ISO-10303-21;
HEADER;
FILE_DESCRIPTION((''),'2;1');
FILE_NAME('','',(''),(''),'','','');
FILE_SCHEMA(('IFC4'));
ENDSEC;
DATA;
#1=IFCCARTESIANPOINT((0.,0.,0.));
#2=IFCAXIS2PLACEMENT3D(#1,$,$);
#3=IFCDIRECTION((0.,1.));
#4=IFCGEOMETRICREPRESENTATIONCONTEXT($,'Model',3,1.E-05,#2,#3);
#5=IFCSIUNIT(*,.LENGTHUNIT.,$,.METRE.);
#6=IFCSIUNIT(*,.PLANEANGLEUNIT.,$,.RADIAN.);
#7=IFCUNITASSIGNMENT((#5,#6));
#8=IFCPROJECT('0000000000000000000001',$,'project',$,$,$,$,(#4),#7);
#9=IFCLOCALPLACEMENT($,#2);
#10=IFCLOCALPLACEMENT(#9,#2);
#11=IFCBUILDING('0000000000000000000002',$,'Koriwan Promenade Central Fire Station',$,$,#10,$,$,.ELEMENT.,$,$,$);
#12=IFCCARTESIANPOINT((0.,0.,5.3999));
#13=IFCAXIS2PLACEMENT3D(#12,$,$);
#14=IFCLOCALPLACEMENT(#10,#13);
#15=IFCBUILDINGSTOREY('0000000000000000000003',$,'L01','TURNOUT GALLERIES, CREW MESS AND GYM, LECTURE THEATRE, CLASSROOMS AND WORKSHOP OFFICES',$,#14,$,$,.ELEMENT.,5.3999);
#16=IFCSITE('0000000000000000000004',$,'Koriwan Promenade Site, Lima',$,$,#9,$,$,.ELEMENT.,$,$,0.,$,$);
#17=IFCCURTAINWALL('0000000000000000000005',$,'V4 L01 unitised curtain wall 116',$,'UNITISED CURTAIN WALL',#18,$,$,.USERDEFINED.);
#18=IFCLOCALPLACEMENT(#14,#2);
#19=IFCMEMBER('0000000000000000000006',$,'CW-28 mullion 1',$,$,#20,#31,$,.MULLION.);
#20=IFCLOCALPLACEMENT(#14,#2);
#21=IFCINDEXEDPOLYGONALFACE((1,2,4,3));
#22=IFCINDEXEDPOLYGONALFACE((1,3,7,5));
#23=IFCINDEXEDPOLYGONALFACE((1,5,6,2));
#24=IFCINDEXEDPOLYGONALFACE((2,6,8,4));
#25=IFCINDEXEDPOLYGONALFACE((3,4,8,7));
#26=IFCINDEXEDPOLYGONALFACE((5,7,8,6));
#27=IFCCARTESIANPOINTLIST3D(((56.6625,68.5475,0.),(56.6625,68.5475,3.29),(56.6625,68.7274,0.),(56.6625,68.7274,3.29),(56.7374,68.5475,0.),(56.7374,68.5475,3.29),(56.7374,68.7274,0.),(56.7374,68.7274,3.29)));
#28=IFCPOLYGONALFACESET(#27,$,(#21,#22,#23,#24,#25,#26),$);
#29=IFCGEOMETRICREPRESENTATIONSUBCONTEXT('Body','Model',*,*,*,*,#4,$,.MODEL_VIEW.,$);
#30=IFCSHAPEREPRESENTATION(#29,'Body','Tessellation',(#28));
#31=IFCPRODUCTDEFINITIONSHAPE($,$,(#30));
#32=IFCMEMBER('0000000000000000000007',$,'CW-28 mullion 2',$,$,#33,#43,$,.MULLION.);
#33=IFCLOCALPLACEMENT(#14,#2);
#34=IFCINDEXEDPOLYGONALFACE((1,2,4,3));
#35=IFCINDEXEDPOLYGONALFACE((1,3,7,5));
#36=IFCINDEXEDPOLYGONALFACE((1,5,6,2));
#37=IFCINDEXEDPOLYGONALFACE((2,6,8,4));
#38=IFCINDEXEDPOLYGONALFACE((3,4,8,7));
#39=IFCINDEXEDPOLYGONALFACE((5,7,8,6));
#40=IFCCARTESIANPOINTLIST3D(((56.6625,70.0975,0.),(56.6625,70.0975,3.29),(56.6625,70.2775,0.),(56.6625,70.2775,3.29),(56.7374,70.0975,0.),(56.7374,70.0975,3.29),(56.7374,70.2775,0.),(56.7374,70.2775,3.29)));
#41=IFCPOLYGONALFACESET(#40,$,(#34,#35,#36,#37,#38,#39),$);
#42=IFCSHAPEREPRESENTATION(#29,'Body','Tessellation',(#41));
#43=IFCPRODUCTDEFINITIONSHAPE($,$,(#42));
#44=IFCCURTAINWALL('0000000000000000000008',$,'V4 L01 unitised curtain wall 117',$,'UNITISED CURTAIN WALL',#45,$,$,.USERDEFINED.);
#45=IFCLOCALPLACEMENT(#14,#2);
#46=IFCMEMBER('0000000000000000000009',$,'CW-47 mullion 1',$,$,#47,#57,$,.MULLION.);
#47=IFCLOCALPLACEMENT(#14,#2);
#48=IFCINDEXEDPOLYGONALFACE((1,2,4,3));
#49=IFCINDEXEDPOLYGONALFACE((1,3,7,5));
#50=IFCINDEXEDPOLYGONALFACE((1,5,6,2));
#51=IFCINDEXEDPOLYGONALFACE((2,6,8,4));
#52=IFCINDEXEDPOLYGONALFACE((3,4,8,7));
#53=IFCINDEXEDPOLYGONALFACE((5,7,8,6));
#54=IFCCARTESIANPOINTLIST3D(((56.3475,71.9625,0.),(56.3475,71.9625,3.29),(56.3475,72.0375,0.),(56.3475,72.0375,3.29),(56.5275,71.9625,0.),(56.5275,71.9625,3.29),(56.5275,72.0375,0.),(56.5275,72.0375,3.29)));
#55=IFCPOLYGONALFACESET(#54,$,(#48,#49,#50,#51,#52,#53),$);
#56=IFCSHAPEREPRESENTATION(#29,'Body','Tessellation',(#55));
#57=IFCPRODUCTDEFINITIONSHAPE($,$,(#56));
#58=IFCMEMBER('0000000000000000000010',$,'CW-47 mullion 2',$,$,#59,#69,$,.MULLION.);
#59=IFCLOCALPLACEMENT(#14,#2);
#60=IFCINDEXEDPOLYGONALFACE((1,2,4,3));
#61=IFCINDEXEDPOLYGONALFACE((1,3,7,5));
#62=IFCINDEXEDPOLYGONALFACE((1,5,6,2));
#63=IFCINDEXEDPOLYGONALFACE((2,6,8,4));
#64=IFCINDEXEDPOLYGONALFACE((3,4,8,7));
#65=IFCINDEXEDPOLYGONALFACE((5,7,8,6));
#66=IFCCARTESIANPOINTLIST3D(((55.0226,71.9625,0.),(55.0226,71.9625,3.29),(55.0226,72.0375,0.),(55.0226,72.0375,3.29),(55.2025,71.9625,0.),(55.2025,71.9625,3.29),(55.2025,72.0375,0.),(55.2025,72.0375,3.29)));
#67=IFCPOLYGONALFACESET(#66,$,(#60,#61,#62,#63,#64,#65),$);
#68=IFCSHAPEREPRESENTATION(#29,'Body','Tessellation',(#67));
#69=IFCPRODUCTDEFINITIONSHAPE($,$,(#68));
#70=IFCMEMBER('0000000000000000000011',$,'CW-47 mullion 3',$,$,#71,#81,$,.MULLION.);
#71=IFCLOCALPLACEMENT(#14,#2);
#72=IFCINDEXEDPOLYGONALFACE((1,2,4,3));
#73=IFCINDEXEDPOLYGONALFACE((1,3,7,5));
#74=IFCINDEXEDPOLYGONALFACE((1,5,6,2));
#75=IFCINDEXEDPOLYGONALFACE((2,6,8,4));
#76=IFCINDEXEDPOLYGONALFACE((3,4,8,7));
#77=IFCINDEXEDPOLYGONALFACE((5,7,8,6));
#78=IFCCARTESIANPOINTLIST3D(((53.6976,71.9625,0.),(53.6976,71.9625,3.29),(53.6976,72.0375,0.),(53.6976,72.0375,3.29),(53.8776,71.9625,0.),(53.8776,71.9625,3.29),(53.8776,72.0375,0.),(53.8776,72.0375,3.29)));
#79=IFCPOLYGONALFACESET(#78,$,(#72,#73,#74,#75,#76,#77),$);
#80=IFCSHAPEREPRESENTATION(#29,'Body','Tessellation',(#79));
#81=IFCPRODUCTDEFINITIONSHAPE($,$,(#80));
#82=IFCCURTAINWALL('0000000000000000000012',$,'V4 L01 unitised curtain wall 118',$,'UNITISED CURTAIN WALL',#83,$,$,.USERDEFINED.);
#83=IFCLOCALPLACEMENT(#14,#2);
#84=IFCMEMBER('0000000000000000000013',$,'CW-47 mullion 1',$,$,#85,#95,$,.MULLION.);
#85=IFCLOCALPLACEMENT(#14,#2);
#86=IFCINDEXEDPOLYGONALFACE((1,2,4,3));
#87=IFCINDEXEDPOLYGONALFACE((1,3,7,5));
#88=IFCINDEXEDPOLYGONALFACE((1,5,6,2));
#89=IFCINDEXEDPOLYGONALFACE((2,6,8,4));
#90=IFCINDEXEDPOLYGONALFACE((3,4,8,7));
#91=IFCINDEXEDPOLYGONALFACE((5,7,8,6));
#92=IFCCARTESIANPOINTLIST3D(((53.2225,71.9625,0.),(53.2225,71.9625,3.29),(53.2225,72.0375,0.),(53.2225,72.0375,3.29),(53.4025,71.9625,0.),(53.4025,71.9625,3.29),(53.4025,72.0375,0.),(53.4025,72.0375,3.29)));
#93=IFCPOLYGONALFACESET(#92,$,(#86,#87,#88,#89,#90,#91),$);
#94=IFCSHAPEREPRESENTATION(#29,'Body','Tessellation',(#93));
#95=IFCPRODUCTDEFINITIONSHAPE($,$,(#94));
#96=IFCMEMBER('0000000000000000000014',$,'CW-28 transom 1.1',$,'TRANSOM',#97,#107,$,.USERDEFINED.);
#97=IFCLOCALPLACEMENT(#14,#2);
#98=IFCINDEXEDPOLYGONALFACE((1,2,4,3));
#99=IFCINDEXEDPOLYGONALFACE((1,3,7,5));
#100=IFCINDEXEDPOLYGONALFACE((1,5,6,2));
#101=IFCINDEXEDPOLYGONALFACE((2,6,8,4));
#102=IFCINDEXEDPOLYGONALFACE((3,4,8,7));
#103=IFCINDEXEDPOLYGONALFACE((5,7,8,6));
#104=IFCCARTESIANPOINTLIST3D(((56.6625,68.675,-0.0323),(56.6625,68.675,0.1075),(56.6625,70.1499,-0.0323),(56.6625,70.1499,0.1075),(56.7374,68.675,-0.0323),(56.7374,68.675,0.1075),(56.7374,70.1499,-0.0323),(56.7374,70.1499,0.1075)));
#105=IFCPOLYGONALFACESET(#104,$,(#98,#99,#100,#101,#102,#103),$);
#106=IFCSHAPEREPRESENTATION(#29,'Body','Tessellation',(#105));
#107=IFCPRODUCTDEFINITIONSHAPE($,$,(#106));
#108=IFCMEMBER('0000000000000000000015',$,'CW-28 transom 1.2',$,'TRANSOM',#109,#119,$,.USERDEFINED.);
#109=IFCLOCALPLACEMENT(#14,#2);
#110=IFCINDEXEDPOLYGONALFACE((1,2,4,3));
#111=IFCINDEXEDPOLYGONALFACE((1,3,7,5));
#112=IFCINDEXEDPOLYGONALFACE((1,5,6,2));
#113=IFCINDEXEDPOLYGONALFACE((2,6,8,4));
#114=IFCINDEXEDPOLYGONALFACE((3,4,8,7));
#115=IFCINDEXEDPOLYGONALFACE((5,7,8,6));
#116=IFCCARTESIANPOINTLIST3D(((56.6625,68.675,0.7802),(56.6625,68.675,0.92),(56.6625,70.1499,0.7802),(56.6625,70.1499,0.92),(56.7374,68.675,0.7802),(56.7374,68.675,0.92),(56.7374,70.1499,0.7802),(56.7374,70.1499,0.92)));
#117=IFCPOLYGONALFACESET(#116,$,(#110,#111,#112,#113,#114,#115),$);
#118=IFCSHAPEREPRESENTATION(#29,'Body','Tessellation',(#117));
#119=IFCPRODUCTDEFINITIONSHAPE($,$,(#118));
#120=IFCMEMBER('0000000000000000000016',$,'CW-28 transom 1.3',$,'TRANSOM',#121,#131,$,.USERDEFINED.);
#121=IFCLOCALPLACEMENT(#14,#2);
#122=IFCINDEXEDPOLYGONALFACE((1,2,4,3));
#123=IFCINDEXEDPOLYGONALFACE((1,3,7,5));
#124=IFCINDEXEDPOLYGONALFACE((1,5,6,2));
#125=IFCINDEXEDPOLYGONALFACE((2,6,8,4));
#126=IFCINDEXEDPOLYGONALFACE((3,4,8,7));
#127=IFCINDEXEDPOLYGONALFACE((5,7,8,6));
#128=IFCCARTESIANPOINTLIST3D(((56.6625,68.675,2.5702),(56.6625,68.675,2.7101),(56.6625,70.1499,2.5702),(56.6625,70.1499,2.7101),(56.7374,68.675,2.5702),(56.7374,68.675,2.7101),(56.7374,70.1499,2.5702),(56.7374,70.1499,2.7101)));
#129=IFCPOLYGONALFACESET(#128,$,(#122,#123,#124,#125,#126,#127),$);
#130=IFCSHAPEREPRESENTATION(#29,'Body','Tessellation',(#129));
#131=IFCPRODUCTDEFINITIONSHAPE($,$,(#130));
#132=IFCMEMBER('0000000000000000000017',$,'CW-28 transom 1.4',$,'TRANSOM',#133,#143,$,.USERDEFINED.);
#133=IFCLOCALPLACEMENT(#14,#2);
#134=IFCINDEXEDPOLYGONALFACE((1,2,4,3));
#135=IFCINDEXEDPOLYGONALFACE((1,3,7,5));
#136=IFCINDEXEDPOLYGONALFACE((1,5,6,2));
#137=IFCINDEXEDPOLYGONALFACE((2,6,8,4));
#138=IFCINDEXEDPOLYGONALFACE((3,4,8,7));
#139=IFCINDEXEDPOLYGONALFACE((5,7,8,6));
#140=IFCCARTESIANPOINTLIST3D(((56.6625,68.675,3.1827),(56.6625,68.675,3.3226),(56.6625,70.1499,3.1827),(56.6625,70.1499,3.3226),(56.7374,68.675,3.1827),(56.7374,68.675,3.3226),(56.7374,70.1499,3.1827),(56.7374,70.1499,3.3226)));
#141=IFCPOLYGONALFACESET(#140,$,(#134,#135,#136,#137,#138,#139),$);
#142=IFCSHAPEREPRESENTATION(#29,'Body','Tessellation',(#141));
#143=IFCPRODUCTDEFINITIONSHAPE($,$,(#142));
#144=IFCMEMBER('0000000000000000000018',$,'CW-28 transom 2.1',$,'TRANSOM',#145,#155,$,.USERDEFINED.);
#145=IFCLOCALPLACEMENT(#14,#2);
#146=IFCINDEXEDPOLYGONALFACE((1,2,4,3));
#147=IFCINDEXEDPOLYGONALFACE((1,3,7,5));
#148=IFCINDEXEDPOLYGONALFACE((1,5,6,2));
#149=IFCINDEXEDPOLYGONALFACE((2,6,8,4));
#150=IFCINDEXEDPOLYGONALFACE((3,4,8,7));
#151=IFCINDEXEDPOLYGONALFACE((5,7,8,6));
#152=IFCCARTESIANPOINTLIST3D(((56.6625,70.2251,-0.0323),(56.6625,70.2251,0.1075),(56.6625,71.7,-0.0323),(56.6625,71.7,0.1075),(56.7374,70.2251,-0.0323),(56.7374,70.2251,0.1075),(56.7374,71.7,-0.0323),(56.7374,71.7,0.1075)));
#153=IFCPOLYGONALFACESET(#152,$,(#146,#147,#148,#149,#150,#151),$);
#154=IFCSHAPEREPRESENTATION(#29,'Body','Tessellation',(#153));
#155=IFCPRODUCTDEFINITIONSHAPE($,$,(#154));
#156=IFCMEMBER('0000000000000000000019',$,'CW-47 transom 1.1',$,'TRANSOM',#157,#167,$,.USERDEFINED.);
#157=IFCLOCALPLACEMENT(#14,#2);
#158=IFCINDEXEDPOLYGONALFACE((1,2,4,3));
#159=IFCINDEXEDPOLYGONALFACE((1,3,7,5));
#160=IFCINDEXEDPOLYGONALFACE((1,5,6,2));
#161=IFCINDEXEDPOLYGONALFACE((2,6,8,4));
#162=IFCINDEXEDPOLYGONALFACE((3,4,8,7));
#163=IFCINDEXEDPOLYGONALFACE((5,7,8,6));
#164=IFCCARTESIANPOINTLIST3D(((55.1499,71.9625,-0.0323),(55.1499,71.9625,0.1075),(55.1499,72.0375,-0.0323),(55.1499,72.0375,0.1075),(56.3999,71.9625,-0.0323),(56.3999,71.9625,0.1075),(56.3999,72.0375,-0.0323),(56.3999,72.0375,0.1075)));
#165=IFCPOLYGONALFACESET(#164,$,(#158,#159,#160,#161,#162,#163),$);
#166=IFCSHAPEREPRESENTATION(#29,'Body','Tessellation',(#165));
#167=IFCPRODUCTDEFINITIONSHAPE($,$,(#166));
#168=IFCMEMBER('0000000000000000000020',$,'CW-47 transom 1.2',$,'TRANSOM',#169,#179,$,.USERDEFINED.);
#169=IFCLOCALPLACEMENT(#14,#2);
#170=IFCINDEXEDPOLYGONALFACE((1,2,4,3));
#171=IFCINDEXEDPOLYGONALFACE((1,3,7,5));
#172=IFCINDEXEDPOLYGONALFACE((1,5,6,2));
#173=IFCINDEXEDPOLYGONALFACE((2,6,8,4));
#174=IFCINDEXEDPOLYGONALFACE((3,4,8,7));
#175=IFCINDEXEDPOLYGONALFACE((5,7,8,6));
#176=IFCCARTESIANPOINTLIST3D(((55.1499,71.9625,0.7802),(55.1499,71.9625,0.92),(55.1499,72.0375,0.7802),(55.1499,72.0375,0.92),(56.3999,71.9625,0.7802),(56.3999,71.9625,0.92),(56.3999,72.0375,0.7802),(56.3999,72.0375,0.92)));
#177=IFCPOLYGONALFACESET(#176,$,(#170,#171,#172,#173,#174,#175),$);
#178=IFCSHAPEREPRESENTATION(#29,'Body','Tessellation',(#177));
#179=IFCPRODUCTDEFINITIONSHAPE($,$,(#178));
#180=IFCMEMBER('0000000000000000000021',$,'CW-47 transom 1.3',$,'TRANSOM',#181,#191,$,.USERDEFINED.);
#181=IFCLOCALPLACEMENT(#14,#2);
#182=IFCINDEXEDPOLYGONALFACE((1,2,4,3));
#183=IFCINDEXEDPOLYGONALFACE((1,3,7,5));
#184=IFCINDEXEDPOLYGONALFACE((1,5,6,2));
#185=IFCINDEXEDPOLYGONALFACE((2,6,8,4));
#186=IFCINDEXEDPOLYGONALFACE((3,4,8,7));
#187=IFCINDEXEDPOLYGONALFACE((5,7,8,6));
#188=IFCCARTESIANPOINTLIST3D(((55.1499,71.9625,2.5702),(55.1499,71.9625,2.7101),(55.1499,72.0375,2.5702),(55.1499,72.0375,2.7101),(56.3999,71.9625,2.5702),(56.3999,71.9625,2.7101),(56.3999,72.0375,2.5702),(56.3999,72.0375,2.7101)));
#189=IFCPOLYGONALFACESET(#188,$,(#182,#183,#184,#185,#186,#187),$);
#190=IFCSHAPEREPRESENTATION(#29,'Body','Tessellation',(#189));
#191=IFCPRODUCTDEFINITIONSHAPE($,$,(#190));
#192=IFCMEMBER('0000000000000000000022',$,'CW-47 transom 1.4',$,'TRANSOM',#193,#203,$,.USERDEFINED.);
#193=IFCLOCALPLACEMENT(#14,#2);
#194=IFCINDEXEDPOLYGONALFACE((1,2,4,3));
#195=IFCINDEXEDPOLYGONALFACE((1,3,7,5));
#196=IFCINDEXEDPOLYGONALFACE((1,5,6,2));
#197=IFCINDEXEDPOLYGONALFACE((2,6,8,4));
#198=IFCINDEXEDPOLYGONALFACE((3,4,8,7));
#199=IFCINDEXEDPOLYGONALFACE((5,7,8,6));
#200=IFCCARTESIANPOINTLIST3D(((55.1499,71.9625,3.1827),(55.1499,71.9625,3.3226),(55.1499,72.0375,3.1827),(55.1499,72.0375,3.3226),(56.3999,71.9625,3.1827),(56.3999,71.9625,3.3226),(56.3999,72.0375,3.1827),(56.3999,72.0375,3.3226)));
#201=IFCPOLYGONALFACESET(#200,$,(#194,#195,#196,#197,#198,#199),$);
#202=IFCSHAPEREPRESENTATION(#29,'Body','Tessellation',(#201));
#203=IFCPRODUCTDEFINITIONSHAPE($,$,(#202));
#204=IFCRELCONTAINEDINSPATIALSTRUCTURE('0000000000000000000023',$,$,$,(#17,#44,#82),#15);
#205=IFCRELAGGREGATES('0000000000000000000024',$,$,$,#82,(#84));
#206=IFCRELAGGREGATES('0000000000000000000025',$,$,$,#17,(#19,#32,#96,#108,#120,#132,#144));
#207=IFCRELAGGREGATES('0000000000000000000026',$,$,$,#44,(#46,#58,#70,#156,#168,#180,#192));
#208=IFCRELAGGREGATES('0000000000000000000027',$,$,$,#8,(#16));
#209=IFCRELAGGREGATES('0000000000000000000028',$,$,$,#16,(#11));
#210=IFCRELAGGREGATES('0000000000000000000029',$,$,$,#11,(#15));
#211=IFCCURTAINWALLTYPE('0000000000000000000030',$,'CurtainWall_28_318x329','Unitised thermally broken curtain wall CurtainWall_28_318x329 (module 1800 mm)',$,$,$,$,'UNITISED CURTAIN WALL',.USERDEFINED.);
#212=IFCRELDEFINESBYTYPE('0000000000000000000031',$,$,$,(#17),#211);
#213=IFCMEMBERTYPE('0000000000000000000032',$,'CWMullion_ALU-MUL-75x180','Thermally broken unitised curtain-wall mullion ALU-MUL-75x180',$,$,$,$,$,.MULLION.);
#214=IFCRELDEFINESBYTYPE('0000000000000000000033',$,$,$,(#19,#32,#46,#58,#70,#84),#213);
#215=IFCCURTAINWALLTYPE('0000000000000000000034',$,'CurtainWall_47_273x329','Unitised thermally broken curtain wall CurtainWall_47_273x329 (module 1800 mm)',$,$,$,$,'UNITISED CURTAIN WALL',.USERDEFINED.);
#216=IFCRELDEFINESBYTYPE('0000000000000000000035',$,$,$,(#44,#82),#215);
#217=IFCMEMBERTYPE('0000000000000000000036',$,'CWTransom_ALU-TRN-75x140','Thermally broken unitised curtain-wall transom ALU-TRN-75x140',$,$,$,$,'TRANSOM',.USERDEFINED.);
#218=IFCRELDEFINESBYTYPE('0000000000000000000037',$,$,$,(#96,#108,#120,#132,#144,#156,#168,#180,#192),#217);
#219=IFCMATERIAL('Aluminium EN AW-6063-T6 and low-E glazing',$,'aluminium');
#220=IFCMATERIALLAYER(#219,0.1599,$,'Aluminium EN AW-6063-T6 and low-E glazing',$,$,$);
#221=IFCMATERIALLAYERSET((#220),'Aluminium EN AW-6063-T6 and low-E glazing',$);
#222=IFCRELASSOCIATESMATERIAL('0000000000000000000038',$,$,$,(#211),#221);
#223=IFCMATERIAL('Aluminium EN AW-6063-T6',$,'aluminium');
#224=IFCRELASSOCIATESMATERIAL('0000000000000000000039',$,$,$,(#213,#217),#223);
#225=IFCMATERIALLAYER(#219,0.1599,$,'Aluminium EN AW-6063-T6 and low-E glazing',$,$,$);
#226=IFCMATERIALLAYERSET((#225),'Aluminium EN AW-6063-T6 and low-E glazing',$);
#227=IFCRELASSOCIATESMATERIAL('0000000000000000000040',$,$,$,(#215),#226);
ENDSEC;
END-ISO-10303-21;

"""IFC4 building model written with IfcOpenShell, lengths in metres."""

from ifc_helpers import new_model, si_unit, direction, frame, origin, origin_2d, place, context, subcontext, project, spatial, rectangle, extrude, material, layer, layer_set, material_profile, profile_set, type_object, element, aggregate, save


model = new_model("IFC4")

# Units and contexts
model_context = context("Model", 3, precision=1e-05, world=origin(), true_north=direction((0.0, 1.0)))
body_context = subcontext(model_context, "Body", "Model", "MODEL_VIEW")
ifc_project = project(units=[si_unit("LENGTHUNIT", "METRE"), si_unit("PLANEANGLEUNIT", "RADIAN")], contexts=[model_context])

# Site, building, storey
site_placement = place(None, origin())
site = spatial("IfcSite", under=ifc_project, at=site_placement, Name="Koriwan Promenade Site, Lima", CompositionType="ELEMENT", RefElevation=0.0)
building_placement = place(site_placement, origin())
building = spatial("IfcBuilding", under=site, at=building_placement, Name="Koriwan Promenade Central Fire Station", CompositionType="ELEMENT")
storey_placement = place(building_placement, frame((0.0, 0.0, 5.3999)))
storey = spatial("IfcBuildingStorey", under=building, at=storey_placement, Name="L01", Description="TURNOUT GALLERIES, CREW MESS AND GYM, LECTURE THEATRE, CLASSROOMS AND WORKSHOP OFFICES", CompositionType="ELEMENT", Elevation=5.3999)

# Curtain walls, members
ifc_material_1 = material(Name="Aluminium EN AW-6063-T6 and low-E glazing", Category="aluminium")
ifc_layer_1 = layer(ifc_material_1, 0.1599, Name="Aluminium EN AW-6063-T6 and low-E glazing")
ifc_layer_set_1 = layer_set([ifc_layer_1], Name="Aluminium EN AW-6063-T6 and low-E glazing")
curtain_wall_type_1 = type_object("IfcCurtainWallType", Name="CurtainWall_28_318x329", Description="Unitised thermally broken curtain wall CurtainWall_28_318x329 (module 1800 mm)", ElementType="UNITISED CURTAIN WALL", PredefinedType="USERDEFINED", material=ifc_layer_set_1)
curtain_wall_1_placement = place(storey_placement, origin())
curtain_wall_1 = element("IfcCurtainWall", 1, at=curtain_wall_1_placement, inside=storey, type_object=curtain_wall_type_1, Name="V4 L01 unitised curtain wall 116", ObjectType="UNITISED CURTAIN WALL", PredefinedType="USERDEFINED")
ifc_material_2 = material(Name="Aluminium EN AW-6063-T6", Category="aluminium")
ifc_material_profile_1 = material_profile(ifc_material_2, rectangle(XDim=0.075, YDim=0.1799, at=origin_2d()), Name="ALU-MUL-75x180")
ifc_profile_set_1 = profile_set([ifc_material_profile_1], Name="Aluminium EN AW-6063-T6")
member_type_1 = type_object("IfcMemberType", Name="CWMullion_ALU-MUL-75x180", Description="Thermally broken unitised curtain-wall mullion ALU-MUL-75x180", PredefinedType="MULLION", material=ifc_profile_set_1)
member_1_placement = place(storey_placement, frame((56.7, 68.6375, 0.0), z_axis=(0.0, 0.0, 1.0), x_axis=(-1.0, 0.0, 0.0)))
member_1 = element("IfcMember", 2, at=member_1_placement, type_object=member_type_1, Name="CW-28 mullion 1", PredefinedType="MULLION", context=body_context, shape_type="SweptSolid", body=[
    extrude(rectangle(XDim=0.075, YDim=0.1799, at=origin_2d()), origin(), (0.0, 0.0, 1.0), 3.29),
])
member_2_placement = place(storey_placement, frame((56.7, 70.1875, 0.0), z_axis=(0.0, 0.0, 1.0), x_axis=(-1.0, 0.0, 0.0)))
member_2 = element("IfcMember", 3, at=member_2_placement, type_object=member_type_1, Name="CW-28 mullion 2", PredefinedType="MULLION", context=body_context, shape_type="SweptSolid", body=[
    extrude(rectangle(XDim=0.075, YDim=0.1799, at=origin_2d()), origin(), (0.0, 0.0, 1.0), 3.29),
])
ifc_layer_2 = layer(ifc_material_1, 0.1599, Name="Aluminium EN AW-6063-T6 and low-E glazing")
ifc_layer_set_2 = layer_set([ifc_layer_2], Name="Aluminium EN AW-6063-T6 and low-E glazing")
curtain_wall_type_2 = type_object("IfcCurtainWallType", Name="CurtainWall_47_273x329", Description="Unitised thermally broken curtain wall CurtainWall_47_273x329 (module 1800 mm)", ElementType="UNITISED CURTAIN WALL", PredefinedType="USERDEFINED", material=ifc_layer_set_2)
curtain_wall_2_placement = place(storey_placement, origin())
curtain_wall_2 = element("IfcCurtainWall", 4, at=curtain_wall_2_placement, inside=storey, type_object=curtain_wall_type_2, Name="V4 L01 unitised curtain wall 117", ObjectType="UNITISED CURTAIN WALL", PredefinedType="USERDEFINED")
member_3_placement = place(storey_placement, frame((56.4375, 72.0, 0.0), z_axis=(0.0, 0.0, 1.0), x_axis=(0.0, -1.0, 0.0)))
member_3 = element("IfcMember", 5, at=member_3_placement, type_object=member_type_1, Name="CW-47 mullion 1", PredefinedType="MULLION", context=body_context, shape_type="SweptSolid", body=[
    extrude(rectangle(XDim=0.075, YDim=0.1799, at=origin_2d()), origin(), (0.0, 0.0, 1.0), 3.29),
])
member_4_placement = place(storey_placement, frame((55.1125, 72.0, 0.0), z_axis=(0.0, 0.0, 1.0), x_axis=(0.0, -1.0, 0.0)))
member_4 = element("IfcMember", 6, at=member_4_placement, type_object=member_type_1, Name="CW-47 mullion 2", PredefinedType="MULLION", context=body_context, shape_type="SweptSolid", body=[
    extrude(rectangle(XDim=0.075, YDim=0.1799, at=origin_2d()), origin(), (0.0, 0.0, 1.0), 3.29),
])
member_5_placement = place(storey_placement, frame((53.7876, 72.0, 0.0), z_axis=(0.0, 0.0, 1.0), x_axis=(0.0, -1.0, 0.0)))
member_5 = element("IfcMember", 7, at=member_5_placement, type_object=member_type_1, Name="CW-47 mullion 3", PredefinedType="MULLION", context=body_context, shape_type="SweptSolid", body=[
    extrude(rectangle(XDim=0.075, YDim=0.1799, at=origin_2d()), origin(), (0.0, 0.0, 1.0), 3.29),
])

# Curtain wall, member
curtain_wall_3_placement = place(storey_placement, origin())
curtain_wall_3 = element("IfcCurtainWall", 8, at=curtain_wall_3_placement, inside=storey, type_object=curtain_wall_type_2, Name="V4 L01 unitised curtain wall 118", ObjectType="UNITISED CURTAIN WALL", PredefinedType="USERDEFINED")
member_6_placement = place(storey_placement, frame((53.3125, 72.0, 0.0), z_axis=(0.0, 0.0, 1.0), x_axis=(0.0, -1.0, 0.0)))
member_6 = element("IfcMember", 9, at=member_6_placement, type_object=member_type_1, Name="CW-47 mullion 1", PredefinedType="MULLION", context=body_context, shape_type="SweptSolid", body=[
    extrude(rectangle(XDim=0.075, YDim=0.1799, at=origin_2d()), origin(), (0.0, 0.0, 1.0), 3.29),
])

# Members
ifc_material_profile_2 = material_profile(ifc_material_2, rectangle(XDim=0.075, YDim=0.1399, at=origin_2d()), Name="ALU-TRN-75x140")
ifc_profile_set_2 = profile_set([ifc_material_profile_2], Name="Aluminium EN AW-6063-T6")
member_type_2 = type_object("IfcMemberType", Name="CWTransom_ALU-TRN-75x140", Description="Thermally broken unitised curtain-wall transom ALU-TRN-75x140", ElementType="TRANSOM", PredefinedType="USERDEFINED", material=ifc_profile_set_2)
member_7_placement = place(storey_placement, frame((56.7, 68.675, 0.0376), z_axis=(0.0, 1.0, 0.0), x_axis=(-1.0, 0.0, 0.0)))
member_7 = element("IfcMember", 10, at=member_7_placement, type_object=member_type_2, Name="CW-28 transom 1.1", ObjectType="TRANSOM", PredefinedType="USERDEFINED", context=body_context, shape_type="SweptSolid", body=[
    extrude(rectangle(XDim=0.075, YDim=0.1399, at=origin_2d()), origin(), (0.0, 0.0, 1.0), 1.4749),
])
member_8_placement = place(storey_placement, frame((56.7, 68.675, 0.8501), z_axis=(0.0, 1.0, 0.0), x_axis=(-1.0, 0.0, 0.0)))
member_8 = element("IfcMember", 11, at=member_8_placement, type_object=member_type_2, Name="CW-28 transom 1.2", ObjectType="TRANSOM", PredefinedType="USERDEFINED", context=body_context, shape_type="SweptSolid", body=[
    extrude(rectangle(XDim=0.075, YDim=0.1399, at=origin_2d()), origin(), (0.0, 0.0, 1.0), 1.4749),
])
member_9_placement = place(storey_placement, frame((56.7, 68.675, 2.6401), z_axis=(0.0, 1.0, 0.0), x_axis=(-1.0, 0.0, 0.0)))
member_9 = element("IfcMember", 12, at=member_9_placement, type_object=member_type_2, Name="CW-28 transom 1.3", ObjectType="TRANSOM", PredefinedType="USERDEFINED", context=body_context, shape_type="SweptSolid", body=[
    extrude(rectangle(XDim=0.075, YDim=0.1399, at=origin_2d()), origin(), (0.0, 0.0, 1.0), 1.4749),
])
member_10_placement = place(storey_placement, frame((56.7, 68.675, 3.2527), z_axis=(0.0, 1.0, 0.0), x_axis=(-1.0, 0.0, 0.0)))
member_10 = element("IfcMember", 13, at=member_10_placement, type_object=member_type_2, Name="CW-28 transom 1.4", ObjectType="TRANSOM", PredefinedType="USERDEFINED", context=body_context, shape_type="SweptSolid", body=[
    extrude(rectangle(XDim=0.075, YDim=0.1399, at=origin_2d()), origin(), (0.0, 0.0, 1.0), 1.4749),
])
member_11_placement = place(storey_placement, frame((56.7, 70.2251, 0.0376), z_axis=(0.0, 1.0, 0.0), x_axis=(-1.0, 0.0, 0.0)))
member_11 = element("IfcMember", 14, at=member_11_placement, type_object=member_type_2, Name="CW-28 transom 2.1", ObjectType="TRANSOM", PredefinedType="USERDEFINED", context=body_context, shape_type="SweptSolid", body=[
    extrude(rectangle(XDim=0.075, YDim=0.1399, at=origin_2d()), origin(), (0.0, 0.0, 1.0), 1.4749),
])
member_12_placement = place(storey_placement, frame((56.3999, 72.0, 0.0376), z_axis=(-1.0, 0.0, 0.0), x_axis=(0.0, -1.0, 0.0)))
member_12 = element("IfcMember", 15, at=member_12_placement, type_object=member_type_2, Name="CW-47 transom 1.1", ObjectType="TRANSOM", PredefinedType="USERDEFINED", context=body_context, shape_type="SweptSolid", body=[
    extrude(rectangle(XDim=0.075, YDim=0.1399, at=origin_2d()), origin(), (0.0, 0.0, 1.0), 1.25),
])
member_13_placement = place(storey_placement, frame((56.3999, 72.0, 0.8501), z_axis=(-1.0, 0.0, 0.0), x_axis=(0.0, -1.0, 0.0)))
member_13 = element("IfcMember", 16, at=member_13_placement, type_object=member_type_2, Name="CW-47 transom 1.2", ObjectType="TRANSOM", PredefinedType="USERDEFINED", context=body_context, shape_type="SweptSolid", body=[
    extrude(rectangle(XDim=0.075, YDim=0.1399, at=origin_2d()), origin(), (0.0, 0.0, 1.0), 1.25),
])
member_14_placement = place(storey_placement, frame((56.3999, 72.0, 2.6401), z_axis=(-1.0, 0.0, 0.0), x_axis=(0.0, -1.0, 0.0)))
member_14 = element("IfcMember", 17, at=member_14_placement, type_object=member_type_2, Name="CW-47 transom 1.3", ObjectType="TRANSOM", PredefinedType="USERDEFINED", context=body_context, shape_type="SweptSolid", body=[
    extrude(rectangle(XDim=0.075, YDim=0.1399, at=origin_2d()), origin(), (0.0, 0.0, 1.0), 1.25),
])
member_15_placement = place(storey_placement, frame((56.3999, 72.0, 3.2527), z_axis=(-1.0, 0.0, 0.0), x_axis=(0.0, -1.0, 0.0)))
member_15 = element("IfcMember", 18, at=member_15_placement, type_object=member_type_2, Name="CW-47 transom 1.4", ObjectType="TRANSOM", PredefinedType="USERDEFINED", context=body_context, shape_type="SweptSolid", body=[
    extrude(rectangle(XDim=0.075, YDim=0.1399, at=origin_2d()), origin(), (0.0, 0.0, 1.0), 1.25),
])
aggregate(curtain_wall_3, [member_6])

aggregate(curtain_wall_1, [member_1, member_2, member_7, member_8, member_9, member_10, member_11])
aggregate(curtain_wall_2, [member_3, member_4, member_5, member_12, member_13, member_14, member_15])

save(model, "model.ifc")
